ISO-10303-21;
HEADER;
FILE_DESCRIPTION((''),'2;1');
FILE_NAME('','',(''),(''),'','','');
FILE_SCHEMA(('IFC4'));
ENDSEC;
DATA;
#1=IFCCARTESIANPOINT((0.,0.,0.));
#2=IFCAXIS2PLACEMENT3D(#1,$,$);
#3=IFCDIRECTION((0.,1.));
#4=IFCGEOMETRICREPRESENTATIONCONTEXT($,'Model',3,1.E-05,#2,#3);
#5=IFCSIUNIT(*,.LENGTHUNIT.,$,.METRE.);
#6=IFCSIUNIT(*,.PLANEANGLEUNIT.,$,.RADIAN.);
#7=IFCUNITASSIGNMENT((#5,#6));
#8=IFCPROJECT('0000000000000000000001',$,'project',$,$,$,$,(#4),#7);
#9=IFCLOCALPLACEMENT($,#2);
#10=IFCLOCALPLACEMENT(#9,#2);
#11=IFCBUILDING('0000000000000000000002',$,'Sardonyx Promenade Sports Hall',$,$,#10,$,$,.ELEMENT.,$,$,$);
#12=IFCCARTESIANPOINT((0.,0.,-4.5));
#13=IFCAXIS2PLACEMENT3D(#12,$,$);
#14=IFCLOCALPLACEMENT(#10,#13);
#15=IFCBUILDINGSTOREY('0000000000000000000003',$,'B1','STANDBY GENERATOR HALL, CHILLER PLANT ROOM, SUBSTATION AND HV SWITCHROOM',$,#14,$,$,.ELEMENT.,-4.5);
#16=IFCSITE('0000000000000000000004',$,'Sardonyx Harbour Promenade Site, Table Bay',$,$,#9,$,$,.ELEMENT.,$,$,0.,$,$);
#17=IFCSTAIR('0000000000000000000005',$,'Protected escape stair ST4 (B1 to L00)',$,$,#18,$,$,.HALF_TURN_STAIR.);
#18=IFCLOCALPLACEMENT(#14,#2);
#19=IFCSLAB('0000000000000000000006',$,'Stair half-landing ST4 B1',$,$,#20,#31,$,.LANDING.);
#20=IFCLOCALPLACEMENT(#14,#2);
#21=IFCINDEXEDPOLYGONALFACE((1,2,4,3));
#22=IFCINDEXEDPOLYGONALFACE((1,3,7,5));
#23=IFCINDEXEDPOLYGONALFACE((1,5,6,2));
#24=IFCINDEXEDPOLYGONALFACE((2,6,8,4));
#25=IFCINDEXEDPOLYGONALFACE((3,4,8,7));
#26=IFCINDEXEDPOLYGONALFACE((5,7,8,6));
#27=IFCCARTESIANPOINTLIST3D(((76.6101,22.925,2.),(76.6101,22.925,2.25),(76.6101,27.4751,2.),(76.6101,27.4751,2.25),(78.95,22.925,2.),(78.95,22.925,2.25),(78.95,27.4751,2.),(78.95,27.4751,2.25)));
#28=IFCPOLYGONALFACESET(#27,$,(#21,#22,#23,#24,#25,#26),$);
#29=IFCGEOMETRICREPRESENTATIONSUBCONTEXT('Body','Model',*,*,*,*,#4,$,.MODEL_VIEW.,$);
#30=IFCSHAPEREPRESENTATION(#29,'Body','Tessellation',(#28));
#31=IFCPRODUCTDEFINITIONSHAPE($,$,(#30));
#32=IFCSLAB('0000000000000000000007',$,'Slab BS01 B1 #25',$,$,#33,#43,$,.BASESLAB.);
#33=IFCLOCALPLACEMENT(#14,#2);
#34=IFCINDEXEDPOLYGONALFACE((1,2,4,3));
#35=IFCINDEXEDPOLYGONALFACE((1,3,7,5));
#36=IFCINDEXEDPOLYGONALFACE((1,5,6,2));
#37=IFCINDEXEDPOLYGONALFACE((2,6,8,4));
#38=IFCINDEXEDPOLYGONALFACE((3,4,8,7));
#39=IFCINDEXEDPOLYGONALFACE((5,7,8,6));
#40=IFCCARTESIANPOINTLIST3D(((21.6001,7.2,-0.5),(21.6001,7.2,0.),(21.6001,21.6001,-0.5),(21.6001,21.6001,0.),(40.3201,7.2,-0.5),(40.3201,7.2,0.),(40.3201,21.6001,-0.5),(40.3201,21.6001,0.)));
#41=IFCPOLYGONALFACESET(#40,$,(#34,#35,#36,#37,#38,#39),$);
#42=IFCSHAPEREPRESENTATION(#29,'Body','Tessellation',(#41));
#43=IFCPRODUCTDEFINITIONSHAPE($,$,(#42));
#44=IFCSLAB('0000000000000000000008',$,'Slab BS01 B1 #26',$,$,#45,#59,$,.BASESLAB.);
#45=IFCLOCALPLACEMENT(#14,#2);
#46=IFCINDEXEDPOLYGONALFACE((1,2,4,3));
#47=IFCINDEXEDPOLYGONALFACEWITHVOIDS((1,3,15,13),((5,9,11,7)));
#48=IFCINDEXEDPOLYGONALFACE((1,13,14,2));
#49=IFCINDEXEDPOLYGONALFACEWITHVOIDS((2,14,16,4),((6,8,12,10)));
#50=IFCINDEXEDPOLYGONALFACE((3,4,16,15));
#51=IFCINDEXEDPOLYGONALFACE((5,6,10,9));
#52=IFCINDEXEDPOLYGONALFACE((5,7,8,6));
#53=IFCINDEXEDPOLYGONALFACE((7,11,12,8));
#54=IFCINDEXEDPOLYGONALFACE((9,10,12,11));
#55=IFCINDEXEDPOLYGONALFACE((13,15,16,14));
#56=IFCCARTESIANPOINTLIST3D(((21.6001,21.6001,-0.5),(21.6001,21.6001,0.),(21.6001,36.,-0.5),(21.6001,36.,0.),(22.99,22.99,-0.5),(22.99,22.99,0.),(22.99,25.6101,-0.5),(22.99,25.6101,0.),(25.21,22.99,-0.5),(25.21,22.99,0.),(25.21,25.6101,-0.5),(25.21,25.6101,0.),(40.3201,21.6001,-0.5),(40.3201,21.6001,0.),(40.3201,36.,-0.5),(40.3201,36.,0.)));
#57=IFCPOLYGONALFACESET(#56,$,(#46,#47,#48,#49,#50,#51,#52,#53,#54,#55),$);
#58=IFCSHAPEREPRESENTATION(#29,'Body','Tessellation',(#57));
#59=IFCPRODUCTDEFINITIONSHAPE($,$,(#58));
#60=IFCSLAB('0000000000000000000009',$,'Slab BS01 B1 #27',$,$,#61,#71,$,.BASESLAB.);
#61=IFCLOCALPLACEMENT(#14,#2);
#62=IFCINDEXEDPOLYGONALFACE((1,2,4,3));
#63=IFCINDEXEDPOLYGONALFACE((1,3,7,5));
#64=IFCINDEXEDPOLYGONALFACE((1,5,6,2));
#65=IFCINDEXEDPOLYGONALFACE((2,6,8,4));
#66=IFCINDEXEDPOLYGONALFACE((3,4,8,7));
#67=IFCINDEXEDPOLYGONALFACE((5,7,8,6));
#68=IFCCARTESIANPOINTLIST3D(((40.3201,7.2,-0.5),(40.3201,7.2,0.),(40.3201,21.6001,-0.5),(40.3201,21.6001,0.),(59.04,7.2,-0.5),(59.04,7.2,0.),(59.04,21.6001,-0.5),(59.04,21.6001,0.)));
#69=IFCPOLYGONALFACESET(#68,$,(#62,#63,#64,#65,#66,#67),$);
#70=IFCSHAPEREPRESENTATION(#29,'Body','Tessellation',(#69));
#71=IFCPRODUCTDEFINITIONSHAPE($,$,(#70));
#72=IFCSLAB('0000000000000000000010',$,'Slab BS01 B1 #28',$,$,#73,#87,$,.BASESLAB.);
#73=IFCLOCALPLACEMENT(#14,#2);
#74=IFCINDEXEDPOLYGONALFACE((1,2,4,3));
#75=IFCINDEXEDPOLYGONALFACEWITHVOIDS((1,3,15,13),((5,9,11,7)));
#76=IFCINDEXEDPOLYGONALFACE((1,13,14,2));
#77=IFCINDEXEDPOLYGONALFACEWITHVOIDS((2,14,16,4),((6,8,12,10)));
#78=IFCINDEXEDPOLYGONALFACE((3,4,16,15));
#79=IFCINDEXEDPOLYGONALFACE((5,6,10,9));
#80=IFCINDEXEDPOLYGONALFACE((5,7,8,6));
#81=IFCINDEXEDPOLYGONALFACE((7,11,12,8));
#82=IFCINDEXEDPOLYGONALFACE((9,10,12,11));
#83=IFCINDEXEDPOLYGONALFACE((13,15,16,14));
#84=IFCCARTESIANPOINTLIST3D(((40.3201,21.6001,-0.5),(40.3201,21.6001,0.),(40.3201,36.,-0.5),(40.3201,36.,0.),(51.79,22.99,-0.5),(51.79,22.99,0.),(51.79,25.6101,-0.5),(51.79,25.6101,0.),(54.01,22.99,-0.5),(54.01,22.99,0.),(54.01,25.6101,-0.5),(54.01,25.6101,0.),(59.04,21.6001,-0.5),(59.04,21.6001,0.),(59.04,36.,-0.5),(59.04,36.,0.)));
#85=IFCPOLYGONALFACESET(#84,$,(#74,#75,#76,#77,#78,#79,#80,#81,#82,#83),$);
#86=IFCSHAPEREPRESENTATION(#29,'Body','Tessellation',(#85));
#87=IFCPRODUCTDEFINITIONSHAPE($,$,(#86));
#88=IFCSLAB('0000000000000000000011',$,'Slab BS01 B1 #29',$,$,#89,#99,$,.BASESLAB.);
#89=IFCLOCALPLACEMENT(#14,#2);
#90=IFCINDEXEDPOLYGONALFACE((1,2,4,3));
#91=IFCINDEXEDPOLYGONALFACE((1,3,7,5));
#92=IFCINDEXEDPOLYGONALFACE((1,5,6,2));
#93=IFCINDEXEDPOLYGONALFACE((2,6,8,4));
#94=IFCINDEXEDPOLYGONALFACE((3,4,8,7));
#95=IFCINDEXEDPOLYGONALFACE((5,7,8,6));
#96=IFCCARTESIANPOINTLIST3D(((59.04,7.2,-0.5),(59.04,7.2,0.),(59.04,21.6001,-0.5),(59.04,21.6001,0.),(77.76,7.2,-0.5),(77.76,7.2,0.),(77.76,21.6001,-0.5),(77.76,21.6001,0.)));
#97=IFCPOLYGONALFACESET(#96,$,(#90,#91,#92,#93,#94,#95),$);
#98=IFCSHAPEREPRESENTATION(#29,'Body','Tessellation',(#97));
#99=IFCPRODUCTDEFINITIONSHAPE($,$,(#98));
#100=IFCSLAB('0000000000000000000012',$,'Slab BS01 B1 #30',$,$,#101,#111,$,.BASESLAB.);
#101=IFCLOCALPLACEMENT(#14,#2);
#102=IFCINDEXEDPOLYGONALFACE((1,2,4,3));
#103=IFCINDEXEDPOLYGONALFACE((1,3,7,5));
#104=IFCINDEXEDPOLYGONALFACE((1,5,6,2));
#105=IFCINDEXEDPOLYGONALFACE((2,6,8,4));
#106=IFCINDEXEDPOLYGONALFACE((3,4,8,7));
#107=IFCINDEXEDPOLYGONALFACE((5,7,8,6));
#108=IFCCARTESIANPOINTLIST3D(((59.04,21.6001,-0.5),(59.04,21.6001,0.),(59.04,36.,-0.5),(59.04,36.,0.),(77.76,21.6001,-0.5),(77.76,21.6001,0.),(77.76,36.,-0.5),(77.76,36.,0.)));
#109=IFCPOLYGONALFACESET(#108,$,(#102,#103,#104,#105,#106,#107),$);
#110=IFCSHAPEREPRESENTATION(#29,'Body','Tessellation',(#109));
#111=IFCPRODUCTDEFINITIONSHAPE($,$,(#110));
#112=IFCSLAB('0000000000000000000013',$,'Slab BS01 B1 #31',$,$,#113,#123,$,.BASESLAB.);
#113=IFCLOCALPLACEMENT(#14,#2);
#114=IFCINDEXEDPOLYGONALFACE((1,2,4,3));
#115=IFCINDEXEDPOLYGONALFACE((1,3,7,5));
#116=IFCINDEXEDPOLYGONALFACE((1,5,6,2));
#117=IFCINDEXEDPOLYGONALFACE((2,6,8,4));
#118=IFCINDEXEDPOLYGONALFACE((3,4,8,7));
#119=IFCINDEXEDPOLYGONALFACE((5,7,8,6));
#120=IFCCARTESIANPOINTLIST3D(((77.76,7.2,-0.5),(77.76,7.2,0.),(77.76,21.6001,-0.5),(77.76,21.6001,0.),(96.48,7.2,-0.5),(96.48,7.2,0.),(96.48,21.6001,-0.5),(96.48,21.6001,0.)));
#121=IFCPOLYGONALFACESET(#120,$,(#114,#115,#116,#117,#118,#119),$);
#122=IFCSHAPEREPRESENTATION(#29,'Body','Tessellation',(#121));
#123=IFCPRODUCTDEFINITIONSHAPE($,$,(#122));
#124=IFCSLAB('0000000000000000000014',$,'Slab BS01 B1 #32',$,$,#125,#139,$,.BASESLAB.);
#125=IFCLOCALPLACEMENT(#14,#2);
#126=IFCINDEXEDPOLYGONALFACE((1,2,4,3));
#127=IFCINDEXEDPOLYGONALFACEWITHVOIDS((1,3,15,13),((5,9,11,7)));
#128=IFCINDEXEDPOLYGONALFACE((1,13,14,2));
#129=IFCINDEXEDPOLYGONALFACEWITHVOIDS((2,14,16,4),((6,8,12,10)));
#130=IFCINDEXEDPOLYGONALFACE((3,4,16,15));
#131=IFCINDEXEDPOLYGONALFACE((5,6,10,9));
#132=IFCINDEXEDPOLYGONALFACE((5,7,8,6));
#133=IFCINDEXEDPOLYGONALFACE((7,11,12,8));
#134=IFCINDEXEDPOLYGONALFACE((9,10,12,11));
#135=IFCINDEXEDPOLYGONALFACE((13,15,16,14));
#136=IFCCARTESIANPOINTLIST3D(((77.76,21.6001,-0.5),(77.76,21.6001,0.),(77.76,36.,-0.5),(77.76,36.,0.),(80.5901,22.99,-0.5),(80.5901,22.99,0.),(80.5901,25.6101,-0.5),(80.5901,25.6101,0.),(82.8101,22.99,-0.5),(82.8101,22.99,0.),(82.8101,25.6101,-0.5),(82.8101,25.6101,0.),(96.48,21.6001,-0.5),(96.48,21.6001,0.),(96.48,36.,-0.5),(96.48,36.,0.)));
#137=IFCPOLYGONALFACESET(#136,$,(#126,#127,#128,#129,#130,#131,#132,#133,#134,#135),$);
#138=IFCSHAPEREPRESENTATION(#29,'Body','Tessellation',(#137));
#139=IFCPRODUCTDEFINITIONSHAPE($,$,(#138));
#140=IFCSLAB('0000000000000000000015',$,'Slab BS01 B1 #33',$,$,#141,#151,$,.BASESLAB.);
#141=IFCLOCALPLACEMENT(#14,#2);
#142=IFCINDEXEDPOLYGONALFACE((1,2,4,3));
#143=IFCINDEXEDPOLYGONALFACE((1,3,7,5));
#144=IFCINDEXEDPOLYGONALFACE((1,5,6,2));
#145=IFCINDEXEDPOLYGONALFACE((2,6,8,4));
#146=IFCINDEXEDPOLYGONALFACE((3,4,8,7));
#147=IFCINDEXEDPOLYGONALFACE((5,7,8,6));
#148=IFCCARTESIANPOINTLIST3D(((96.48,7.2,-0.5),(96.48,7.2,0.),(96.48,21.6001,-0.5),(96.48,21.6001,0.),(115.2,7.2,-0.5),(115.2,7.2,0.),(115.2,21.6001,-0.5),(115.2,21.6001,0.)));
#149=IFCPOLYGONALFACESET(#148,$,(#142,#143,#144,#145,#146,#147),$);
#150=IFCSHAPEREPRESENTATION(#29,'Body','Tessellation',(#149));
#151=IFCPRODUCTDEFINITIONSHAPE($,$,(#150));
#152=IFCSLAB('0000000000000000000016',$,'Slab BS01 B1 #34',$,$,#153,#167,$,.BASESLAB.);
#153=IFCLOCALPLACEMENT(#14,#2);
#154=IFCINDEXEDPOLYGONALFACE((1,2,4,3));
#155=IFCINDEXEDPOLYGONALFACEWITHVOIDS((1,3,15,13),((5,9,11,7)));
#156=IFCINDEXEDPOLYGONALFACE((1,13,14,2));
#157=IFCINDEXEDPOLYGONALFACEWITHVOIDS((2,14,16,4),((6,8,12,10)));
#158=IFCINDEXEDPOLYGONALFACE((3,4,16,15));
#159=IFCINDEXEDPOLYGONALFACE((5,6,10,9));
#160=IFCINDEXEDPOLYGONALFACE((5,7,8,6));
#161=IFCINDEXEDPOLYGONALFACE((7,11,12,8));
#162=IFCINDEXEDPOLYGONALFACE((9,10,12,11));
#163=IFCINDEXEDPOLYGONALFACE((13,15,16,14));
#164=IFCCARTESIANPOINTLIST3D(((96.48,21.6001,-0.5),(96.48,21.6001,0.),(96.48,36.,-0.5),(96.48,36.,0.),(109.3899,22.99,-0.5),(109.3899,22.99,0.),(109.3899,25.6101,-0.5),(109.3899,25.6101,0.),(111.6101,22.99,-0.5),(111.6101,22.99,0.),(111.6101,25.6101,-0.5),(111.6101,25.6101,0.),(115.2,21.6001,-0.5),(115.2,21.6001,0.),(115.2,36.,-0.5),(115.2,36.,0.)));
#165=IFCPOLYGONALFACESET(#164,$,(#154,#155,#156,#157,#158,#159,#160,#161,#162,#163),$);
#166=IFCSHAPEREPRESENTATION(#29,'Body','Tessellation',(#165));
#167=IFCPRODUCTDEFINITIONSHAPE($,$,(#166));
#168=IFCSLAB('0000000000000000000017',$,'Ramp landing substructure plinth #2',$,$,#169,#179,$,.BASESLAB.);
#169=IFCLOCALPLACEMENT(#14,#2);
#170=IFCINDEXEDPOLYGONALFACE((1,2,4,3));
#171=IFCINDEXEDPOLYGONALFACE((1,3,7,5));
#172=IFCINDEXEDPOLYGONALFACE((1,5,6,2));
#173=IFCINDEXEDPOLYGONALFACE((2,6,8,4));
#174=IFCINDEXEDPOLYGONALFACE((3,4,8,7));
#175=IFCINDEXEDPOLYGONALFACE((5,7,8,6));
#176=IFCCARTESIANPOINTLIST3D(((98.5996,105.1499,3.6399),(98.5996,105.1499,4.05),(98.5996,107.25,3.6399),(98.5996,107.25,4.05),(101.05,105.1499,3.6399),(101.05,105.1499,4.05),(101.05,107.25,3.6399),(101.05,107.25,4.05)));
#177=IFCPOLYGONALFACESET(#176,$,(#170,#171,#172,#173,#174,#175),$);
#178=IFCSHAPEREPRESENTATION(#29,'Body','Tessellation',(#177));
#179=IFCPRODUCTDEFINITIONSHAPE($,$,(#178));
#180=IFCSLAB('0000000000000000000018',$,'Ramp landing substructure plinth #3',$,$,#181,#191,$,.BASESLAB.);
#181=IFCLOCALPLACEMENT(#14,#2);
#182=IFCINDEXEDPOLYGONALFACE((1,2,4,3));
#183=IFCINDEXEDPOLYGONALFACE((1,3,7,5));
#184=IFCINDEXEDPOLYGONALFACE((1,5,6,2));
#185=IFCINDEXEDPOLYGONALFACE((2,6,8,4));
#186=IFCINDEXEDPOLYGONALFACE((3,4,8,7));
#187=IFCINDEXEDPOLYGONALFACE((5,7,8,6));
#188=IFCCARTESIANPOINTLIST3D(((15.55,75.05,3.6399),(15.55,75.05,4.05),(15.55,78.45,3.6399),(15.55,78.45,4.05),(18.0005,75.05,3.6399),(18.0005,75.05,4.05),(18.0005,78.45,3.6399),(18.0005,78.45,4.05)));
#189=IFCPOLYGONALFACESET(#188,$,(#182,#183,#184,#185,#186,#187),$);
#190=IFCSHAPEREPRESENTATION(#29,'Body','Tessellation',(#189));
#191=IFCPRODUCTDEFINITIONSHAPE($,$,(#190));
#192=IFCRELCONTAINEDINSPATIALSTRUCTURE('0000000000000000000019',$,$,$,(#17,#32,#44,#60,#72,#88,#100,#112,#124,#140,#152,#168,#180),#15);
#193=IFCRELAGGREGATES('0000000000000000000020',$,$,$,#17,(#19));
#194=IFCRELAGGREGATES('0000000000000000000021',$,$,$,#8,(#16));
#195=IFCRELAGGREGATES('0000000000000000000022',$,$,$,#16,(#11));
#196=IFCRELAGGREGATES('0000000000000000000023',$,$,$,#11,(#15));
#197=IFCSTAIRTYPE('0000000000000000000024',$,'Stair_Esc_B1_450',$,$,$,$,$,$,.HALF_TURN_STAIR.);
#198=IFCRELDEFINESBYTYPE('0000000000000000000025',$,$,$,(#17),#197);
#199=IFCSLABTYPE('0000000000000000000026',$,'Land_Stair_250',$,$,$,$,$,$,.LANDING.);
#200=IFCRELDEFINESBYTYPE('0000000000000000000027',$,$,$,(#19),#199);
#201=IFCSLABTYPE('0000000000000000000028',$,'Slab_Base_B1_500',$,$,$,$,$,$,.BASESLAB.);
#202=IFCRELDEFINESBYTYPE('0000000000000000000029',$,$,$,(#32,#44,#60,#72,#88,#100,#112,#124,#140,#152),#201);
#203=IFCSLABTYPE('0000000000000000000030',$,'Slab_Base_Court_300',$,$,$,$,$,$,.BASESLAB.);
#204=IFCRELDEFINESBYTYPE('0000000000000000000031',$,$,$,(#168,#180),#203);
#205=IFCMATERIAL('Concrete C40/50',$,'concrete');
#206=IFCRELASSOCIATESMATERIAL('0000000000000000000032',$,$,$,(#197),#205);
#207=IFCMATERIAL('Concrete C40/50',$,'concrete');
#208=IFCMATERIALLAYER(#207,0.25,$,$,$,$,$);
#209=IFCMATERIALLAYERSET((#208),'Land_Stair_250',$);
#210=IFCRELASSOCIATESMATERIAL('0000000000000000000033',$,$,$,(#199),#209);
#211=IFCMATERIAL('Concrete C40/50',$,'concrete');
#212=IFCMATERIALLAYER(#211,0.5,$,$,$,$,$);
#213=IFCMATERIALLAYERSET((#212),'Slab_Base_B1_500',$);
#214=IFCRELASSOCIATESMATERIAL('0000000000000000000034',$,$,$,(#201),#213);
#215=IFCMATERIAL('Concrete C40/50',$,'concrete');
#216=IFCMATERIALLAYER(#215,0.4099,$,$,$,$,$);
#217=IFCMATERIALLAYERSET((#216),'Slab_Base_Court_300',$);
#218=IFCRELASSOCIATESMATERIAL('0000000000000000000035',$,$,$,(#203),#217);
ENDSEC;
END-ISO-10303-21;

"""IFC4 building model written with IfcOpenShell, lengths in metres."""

from ifc_helpers import new_model, si_unit, direction, frame, origin, place, context, subcontext, project, spatial, polyline, outline, extrude, material, layer, layer_set, type_object, element, aggregate, save


model = new_model("IFC4")

# Units and contexts
model_context = context("Model", 3, precision=1e-05, world=origin(), true_north=direction((0.0, 1.0)))
body_context = subcontext(model_context, "Body", "Model", "MODEL_VIEW")
ifc_project = project(units=[si_unit("LENGTHUNIT", "METRE"), si_unit("PLANEANGLEUNIT", "RADIAN")], contexts=[model_context])

# Site, building, storey
site_placement = place(None, origin())
site = spatial("IfcSite", under=ifc_project, at=site_placement, Name="Sardonyx Harbour Promenade Site, Table Bay", CompositionType="ELEMENT", RefElevation=0.0)
building_placement = place(site_placement, origin())
building = spatial("IfcBuilding", under=site, at=building_placement, Name="Sardonyx Promenade Sports Hall", CompositionType="ELEMENT")
storey_placement = place(building_placement, frame((0.0, 0.0, -4.5)))
storey = spatial("IfcBuildingStorey", under=building, at=storey_placement, Name="B1", Description="STANDBY GENERATOR HALL, CHILLER PLANT ROOM, SUBSTATION AND HV SWITCHROOM", CompositionType="ELEMENT", Elevation=-4.5)

# Stair, slab
ifc_material_1 = material(Name="Concrete C40/50", Category="concrete")
stair_type = type_object("IfcStairType", Name="Stair_Esc_B1_450", PredefinedType="HALF_TURN_STAIR", material=ifc_material_1)
ifc_material_2 = material(Name="Concrete C40/50", Category="concrete")
ifc_layer_1 = layer(ifc_material_2, 0.25)
ifc_layer_set_1 = layer_set([ifc_layer_1], Name="Land_Stair_250")
slab_type_1 = type_object("IfcSlabType", Name="Land_Stair_250", PredefinedType="LANDING", material=ifc_layer_set_1)
stair_1_placement = place(storey_placement, origin())
stair_1 = element("IfcStair", 1, at=stair_1_placement, inside=storey, type_object=stair_type, Name="Protected escape stair ST4 (B1 to L00)", PredefinedType="HALF_TURN_STAIR")
slab_1_placement = place(storey_placement, frame((0.0, 0.0, 2.0)))
slab_1 = element("IfcSlab", 2, at=slab_1_placement, type_object=slab_type_1, Name="Stair half-landing ST4 B1", PredefinedType="LANDING", context=body_context, shape_type="SweptSolid", body=[
    extrude(outline(polyline([(76.6101, 22.925), (78.95, 22.925), (78.95, 27.4751), (76.6101, 27.4751), (76.6101, 22.925)])), origin(), (0.0, 0.0, 1.0), 0.25),
])
aggregate(stair_1, [slab_1])

# Slabs
ifc_material_3 = material(Name="Concrete C40/50", Category="concrete")
ifc_layer_2 = layer(ifc_material_3, 0.5)
ifc_layer_set_2 = layer_set([ifc_layer_2], Name="Slab_Base_B1_500")
slab_type_2 = type_object("IfcSlabType", Name="Slab_Base_B1_500", PredefinedType="BASESLAB", material=ifc_layer_set_2)
slab_2_placement = place(storey_placement, frame((0.0, 0.0, -0.5)))
element("IfcSlab", 3, at=slab_2_placement, inside=storey, type_object=slab_type_2, Name="Slab BS01 B1 #25", PredefinedType="BASESLAB", context=body_context, shape_type="SweptSolid", body=[
    extrude(outline(polyline([(21.6001, 7.2), (40.3201, 7.2), (40.3201, 21.6001), (21.6001, 21.6001), (21.6001, 7.2)])), origin(), (0.0, 0.0, 1.0), 0.5),
])
slab_3_placement = place(storey_placement, frame((0.0, 0.0, -0.5)))
element("IfcSlab", 4, at=slab_3_placement, inside=storey, type_object=slab_type_2, Name="Slab BS01 B1 #26", PredefinedType="BASESLAB", context=body_context, shape_type="SweptSolid", body=[
    extrude(outline(polyline([(21.6001, 36.0), (21.6001, 21.6001), (40.3201, 21.6001), (40.3201, 36.0), (21.6001, 36.0)]), holes=[polyline([(22.99, 22.99), (22.99, 25.6101), (25.21, 25.6101), (25.21, 22.99), (22.99, 22.99)])]), origin(), (0.0, 0.0, 1.0), 0.5),
])
slab_4_placement = place(storey_placement, frame((0.0, 0.0, -0.5)))
element("IfcSlab", 5, at=slab_4_placement, inside=storey, type_object=slab_type_2, Name="Slab BS01 B1 #27", PredefinedType="BASESLAB", context=body_context, shape_type="SweptSolid", body=[
    extrude(outline(polyline([(40.3201, 7.2), (59.04, 7.2), (59.04, 21.6001), (40.3201, 21.6001), (40.3201, 7.2)])), origin(), (0.0, 0.0, 1.0), 0.5),
])
slab_5_placement = place(storey_placement, frame((0.0, 0.0, -0.5)))
element("IfcSlab", 6, at=slab_5_placement, inside=storey, type_object=slab_type_2, Name="Slab BS01 B1 #28", PredefinedType="BASESLAB", context=body_context, shape_type="SweptSolid", body=[
    extrude(outline(polyline([(40.3201, 36.0), (40.3201, 21.6001), (59.04, 21.6001), (59.04, 36.0), (40.3201, 36.0)]), holes=[polyline([(51.79, 22.99), (51.79, 25.6101), (54.01, 25.6101), (54.01, 22.99), (51.79, 22.99)])]), origin(), (0.0, 0.0, 1.0), 0.5),
])
slab_6_placement = place(storey_placement, frame((0.0, 0.0, -0.5)))
element("IfcSlab", 7, at=slab_6_placement, inside=storey, type_object=slab_type_2, Name="Slab BS01 B1 #29", PredefinedType="BASESLAB", context=body_context, shape_type="SweptSolid", body=[
    extrude(outline(polyline([(59.04, 7.2), (77.76, 7.2), (77.76, 21.6001), (59.04, 21.6001), (59.04, 7.2)])), origin(), (0.0, 0.0, 1.0), 0.5),
])
slab_7_placement = place(storey_placement, frame((0.0, 0.0, -0.5)))
element("IfcSlab", 8, at=slab_7_placement, inside=storey, type_object=slab_type_2, Name="Slab BS01 B1 #30", PredefinedType="BASESLAB", context=body_context, shape_type="SweptSolid", body=[
    extrude(outline(polyline([(59.04, 21.6001), (77.76, 21.6001), (77.76, 36.0), (59.04, 36.0), (59.04, 21.6001)])), origin(), (0.0, 0.0, 1.0), 0.5),
])
slab_8_placement = place(storey_placement, frame((0.0, 0.0, -0.5)))
element("IfcSlab", 9, at=slab_8_placement, inside=storey, type_object=slab_type_2, Name="Slab BS01 B1 #31", PredefinedType="BASESLAB", context=body_context, shape_type="SweptSolid", body=[
    extrude(outline(polyline([(77.76, 7.2), (96.48, 7.2), (96.48, 21.6001), (77.76, 21.6001), (77.76, 7.2)])), origin(), (0.0, 0.0, 1.0), 0.5),
])
slab_9_placement = place(storey_placement, frame((0.0, 0.0, -0.5)))
element("IfcSlab", 10, at=slab_9_placement, inside=storey, type_object=slab_type_2, Name="Slab BS01 B1 #32", PredefinedType="BASESLAB", context=body_context, shape_type="SweptSolid", body=[
    extrude(outline(polyline([(77.76, 36.0), (77.76, 21.6001), (96.48, 21.6001), (96.48, 36.0), (77.76, 36.0)]), holes=[polyline([(80.5901, 22.99), (80.5901, 25.6101), (82.8101, 25.6101), (82.8101, 22.99), (80.5901, 22.99)])]), origin(), (0.0, 0.0, 1.0), 0.5),
])
slab_10_placement = place(storey_placement, frame((0.0, 0.0, -0.5)))
element("IfcSlab", 11, at=slab_10_placement, inside=storey, type_object=slab_type_2, Name="Slab BS01 B1 #33", PredefinedType="BASESLAB", context=body_context, shape_type="SweptSolid", body=[
    extrude(outline(polyline([(96.48, 7.2), (115.2, 7.2), (115.2, 21.6001), (96.48, 21.6001), (96.48, 7.2)])), origin(), (0.0, 0.0, 1.0), 0.5),
])
slab_11_placement = place(storey_placement, frame((0.0, 0.0, -0.5)))
element("IfcSlab", 12, at=slab_11_placement, inside=storey, type_object=slab_type_2, Name="Slab BS01 B1 #34", PredefinedType="BASESLAB", context=body_context, shape_type="SweptSolid", body=[
    extrude(outline(polyline([(96.48, 36.0), (96.48, 21.6001), (115.2, 21.6001), (115.2, 36.0), (96.48, 36.0)]), holes=[polyline([(109.3899, 22.99), (109.3899, 25.6101), (111.6101, 25.6101), (111.6101, 22.99), (109.3899, 22.99)])]), origin(), (0.0, 0.0, 1.0), 0.5),
])
ifc_material_4 = material(Name="Concrete C40/50", Category="concrete")
ifc_layer_3 = layer(ifc_material_4, 0.4099)
ifc_layer_set_3 = layer_set([ifc_layer_3], Name="Slab_Base_Court_300")
slab_type_3 = type_object("IfcSlabType", Name="Slab_Base_Court_300", PredefinedType="BASESLAB", material=ifc_layer_set_3)
slab_12_placement = place(storey_placement, frame((0.0, 0.0, 3.6399)))
element("IfcSlab", 13, at=slab_12_placement, inside=storey, type_object=slab_type_3, Name="Ramp landing substructure plinth #2", PredefinedType="BASESLAB", context=body_context, shape_type="SweptSolid", body=[
    extrude(outline(polyline([(98.5996, 105.1499), (101.05, 105.1499), (101.05, 107.25), (98.5996, 107.25), (98.5996, 105.1499)])), origin(), (0.0, 0.0, 1.0), 0.4102),
])
slab_13_placement = place(storey_placement, frame((0.0, 0.0, 3.6399)))
element("IfcSlab", 14, at=slab_13_placement, inside=storey, type_object=slab_type_3, Name="Ramp landing substructure plinth #3", PredefinedType="BASESLAB", context=body_context, shape_type="SweptSolid", body=[
    extrude(outline(polyline([(15.55, 75.05), (18.0005, 75.05), (18.0005, 78.45), (15.55, 78.45), (15.55, 75.05)])), origin(), (0.0, 0.0, 1.0), 0.4102),
])

save(model, "model.ifc")
